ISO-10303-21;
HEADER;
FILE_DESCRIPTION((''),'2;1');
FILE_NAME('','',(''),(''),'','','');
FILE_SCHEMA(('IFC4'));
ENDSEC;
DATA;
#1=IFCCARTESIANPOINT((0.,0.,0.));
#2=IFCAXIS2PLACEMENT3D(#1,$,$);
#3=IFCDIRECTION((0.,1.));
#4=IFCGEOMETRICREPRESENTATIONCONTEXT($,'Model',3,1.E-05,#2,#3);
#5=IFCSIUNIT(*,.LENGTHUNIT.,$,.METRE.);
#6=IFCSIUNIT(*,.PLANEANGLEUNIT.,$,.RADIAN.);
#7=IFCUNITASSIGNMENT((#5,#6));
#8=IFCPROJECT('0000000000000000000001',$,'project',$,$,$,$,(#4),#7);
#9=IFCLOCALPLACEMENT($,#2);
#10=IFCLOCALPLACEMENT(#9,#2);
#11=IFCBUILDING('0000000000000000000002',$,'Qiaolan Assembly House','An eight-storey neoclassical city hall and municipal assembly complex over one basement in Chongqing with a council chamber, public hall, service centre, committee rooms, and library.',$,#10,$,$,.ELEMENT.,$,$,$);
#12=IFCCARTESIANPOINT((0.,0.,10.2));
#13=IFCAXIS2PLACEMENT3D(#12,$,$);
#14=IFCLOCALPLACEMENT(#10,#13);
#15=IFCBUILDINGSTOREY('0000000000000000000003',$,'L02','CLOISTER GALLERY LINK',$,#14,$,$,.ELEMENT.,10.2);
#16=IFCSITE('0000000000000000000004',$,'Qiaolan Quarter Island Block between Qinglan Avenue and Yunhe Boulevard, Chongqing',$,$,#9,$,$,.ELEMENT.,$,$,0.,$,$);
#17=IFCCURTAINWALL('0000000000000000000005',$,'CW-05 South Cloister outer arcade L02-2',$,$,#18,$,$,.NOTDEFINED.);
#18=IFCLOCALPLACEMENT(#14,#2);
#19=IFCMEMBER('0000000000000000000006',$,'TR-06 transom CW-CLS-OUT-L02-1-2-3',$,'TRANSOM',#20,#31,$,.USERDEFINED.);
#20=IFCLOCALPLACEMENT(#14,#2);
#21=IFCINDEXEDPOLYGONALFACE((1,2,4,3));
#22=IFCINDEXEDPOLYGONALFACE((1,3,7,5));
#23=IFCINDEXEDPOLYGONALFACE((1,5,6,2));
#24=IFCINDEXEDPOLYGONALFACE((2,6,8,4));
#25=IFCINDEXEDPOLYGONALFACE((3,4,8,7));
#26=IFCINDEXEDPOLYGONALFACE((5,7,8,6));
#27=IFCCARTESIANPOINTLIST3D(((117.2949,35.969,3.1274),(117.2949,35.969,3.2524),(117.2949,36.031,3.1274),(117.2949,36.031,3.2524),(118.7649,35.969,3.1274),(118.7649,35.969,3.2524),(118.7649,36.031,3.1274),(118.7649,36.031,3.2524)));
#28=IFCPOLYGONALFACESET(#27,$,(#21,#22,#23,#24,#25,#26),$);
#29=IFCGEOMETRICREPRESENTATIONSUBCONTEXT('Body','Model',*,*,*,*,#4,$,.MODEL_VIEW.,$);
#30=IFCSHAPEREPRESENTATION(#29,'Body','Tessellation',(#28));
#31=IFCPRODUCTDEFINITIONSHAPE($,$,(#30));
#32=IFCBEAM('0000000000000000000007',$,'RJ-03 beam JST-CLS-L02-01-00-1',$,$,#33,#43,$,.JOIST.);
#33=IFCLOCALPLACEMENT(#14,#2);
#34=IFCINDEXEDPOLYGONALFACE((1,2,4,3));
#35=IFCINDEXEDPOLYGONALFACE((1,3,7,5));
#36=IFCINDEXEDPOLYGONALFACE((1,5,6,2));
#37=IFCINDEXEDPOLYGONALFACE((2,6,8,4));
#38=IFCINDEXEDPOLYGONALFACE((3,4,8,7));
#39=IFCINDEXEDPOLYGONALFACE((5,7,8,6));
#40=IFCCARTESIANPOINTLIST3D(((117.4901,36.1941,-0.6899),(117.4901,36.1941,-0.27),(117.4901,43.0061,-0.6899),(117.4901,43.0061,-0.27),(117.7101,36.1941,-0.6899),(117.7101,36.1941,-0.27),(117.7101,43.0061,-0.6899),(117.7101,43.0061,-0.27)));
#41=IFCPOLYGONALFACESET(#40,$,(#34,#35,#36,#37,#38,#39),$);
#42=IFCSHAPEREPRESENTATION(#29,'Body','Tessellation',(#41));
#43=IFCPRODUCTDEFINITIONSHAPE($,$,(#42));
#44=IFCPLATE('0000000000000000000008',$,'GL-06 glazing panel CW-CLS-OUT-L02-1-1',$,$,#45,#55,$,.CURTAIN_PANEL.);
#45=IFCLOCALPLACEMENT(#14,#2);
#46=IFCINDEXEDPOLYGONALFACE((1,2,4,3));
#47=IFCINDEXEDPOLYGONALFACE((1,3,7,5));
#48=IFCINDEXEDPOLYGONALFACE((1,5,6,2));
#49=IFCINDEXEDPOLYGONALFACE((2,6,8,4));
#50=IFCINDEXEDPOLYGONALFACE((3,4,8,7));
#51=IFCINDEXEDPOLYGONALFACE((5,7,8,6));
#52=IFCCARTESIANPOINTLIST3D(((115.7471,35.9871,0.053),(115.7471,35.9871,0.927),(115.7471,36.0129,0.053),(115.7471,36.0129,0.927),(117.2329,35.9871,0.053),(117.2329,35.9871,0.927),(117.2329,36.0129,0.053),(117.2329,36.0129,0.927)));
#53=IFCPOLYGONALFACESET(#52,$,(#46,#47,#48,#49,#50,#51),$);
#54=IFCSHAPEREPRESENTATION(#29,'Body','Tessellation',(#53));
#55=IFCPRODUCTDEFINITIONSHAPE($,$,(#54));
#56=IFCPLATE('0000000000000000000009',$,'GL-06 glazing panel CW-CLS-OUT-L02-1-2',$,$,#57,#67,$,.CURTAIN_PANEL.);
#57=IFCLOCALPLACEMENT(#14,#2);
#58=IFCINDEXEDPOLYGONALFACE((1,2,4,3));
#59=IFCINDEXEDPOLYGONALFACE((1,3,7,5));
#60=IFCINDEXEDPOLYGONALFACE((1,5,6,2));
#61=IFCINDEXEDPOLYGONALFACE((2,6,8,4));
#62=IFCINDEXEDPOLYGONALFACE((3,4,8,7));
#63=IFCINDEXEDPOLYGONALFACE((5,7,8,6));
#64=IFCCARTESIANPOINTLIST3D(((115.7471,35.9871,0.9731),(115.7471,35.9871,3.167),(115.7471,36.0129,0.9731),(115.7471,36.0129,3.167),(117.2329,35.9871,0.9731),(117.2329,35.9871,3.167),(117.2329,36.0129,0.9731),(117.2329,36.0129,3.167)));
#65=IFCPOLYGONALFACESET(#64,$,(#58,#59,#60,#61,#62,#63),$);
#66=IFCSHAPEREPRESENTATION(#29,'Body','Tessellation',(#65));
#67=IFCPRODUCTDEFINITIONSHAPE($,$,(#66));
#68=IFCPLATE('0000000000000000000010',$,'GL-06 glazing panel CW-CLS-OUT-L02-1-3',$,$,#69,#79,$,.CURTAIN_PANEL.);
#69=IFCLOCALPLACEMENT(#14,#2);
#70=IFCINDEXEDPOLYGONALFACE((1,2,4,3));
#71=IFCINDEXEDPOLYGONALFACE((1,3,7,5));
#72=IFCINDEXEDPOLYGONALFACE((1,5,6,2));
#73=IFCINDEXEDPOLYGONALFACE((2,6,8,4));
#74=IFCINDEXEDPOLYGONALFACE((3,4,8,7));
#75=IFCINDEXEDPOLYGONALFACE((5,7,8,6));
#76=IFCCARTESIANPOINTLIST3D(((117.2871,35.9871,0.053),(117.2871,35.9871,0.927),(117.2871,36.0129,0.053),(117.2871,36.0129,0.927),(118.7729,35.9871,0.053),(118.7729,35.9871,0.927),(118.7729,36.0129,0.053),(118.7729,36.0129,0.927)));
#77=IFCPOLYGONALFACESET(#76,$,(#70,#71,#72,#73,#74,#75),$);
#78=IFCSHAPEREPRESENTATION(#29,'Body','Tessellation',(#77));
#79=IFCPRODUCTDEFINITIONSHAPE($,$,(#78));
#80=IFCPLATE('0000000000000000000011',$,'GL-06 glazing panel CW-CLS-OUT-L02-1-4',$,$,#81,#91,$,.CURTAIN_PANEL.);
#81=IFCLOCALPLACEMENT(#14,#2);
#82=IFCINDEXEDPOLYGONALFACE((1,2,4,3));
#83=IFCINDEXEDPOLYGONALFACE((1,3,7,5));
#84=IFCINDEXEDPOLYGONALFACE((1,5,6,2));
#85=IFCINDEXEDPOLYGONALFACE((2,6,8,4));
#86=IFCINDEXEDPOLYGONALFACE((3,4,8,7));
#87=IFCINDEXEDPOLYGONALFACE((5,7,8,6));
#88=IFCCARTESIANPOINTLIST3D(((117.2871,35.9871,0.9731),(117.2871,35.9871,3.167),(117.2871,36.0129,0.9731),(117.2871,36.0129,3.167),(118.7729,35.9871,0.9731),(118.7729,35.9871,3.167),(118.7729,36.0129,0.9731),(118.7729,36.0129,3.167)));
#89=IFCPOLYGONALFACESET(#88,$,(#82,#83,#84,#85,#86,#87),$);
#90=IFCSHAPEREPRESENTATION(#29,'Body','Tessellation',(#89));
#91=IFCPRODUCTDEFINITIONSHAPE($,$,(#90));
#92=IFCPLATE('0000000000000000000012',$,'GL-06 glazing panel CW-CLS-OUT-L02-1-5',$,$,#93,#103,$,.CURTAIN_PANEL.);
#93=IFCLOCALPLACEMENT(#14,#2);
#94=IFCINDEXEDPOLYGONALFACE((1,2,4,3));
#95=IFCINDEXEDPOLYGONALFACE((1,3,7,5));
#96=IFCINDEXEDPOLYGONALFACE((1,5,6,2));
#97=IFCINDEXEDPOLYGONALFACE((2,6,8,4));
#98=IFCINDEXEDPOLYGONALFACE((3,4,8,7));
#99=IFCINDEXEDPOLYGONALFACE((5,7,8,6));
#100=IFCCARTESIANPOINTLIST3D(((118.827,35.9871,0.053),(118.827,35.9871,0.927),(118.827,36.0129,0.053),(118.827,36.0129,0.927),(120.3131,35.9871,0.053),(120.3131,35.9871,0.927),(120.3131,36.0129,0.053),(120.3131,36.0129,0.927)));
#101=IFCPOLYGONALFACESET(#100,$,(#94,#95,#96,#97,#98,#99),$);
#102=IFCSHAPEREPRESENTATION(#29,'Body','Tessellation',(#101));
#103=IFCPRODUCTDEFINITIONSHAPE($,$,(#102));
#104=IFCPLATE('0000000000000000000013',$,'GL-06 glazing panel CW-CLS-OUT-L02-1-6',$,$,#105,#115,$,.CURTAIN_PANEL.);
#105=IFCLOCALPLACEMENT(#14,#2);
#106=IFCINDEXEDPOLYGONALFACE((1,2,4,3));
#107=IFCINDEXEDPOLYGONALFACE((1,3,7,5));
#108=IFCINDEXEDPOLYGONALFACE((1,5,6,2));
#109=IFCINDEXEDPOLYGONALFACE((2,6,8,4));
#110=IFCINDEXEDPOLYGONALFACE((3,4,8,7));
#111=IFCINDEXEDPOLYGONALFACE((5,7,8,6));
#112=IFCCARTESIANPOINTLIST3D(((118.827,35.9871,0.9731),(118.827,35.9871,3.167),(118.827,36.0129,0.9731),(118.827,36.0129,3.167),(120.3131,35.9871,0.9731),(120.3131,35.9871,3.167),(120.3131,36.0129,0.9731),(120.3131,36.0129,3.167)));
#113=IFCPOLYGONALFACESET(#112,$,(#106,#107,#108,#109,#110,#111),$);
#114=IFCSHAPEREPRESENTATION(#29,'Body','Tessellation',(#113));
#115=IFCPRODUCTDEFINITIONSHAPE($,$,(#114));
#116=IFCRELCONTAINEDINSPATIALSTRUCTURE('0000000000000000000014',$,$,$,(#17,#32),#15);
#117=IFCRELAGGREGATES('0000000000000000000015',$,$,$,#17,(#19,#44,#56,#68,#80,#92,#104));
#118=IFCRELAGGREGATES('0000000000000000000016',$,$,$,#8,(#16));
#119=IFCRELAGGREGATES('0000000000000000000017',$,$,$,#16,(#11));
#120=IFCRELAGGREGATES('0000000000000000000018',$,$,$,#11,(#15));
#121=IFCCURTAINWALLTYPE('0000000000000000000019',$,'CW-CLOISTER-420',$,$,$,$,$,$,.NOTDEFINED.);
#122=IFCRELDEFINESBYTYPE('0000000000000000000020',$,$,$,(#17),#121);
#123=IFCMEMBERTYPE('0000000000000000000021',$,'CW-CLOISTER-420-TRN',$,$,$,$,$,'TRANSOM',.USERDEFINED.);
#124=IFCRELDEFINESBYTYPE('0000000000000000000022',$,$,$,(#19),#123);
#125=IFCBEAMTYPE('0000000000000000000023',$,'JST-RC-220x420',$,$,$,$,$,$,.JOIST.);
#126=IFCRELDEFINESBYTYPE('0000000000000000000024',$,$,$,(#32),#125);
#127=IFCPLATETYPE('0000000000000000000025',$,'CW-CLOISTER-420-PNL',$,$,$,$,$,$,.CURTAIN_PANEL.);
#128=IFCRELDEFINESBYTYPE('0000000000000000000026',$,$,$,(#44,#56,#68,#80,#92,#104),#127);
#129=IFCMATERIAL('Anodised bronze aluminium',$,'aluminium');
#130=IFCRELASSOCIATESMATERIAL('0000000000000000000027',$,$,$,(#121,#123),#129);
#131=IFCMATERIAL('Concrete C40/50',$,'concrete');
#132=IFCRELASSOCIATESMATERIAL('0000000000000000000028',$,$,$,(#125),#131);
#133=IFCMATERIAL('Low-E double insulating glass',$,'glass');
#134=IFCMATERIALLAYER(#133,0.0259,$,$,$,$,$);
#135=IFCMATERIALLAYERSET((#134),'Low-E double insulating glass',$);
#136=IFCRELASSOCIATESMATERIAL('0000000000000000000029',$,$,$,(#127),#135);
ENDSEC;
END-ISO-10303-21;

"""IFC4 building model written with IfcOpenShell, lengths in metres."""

from ifc_helpers import new_model, si_unit, direction, frame, frame_2d, origin, origin_2d, place, context, subcontext, project, spatial, rectangle, extrude, material, layer, layer_set, material_profile, profile_set, type_object, element, aggregate, save


model = new_model("IFC4")

# Units and contexts
model_context = context("Model", 3, precision=1e-05, world=origin(), true_north=direction((0.0, 1.0)))
body_context = subcontext(model_context, "Body", "Model", "MODEL_VIEW")
ifc_project = project(units=[si_unit("LENGTHUNIT", "METRE"), si_unit("PLANEANGLEUNIT", "RADIAN")], contexts=[model_context])

# Site, building, storey
site_placement = place(None, origin())
site = spatial("IfcSite", under=ifc_project, at=site_placement, Name="Qiaolan Quarter Island Block between Qinglan Avenue and Yunhe Boulevard, Chongqing", CompositionType="ELEMENT", RefElevation=0.0)
building_placement = place(site_placement, origin())
building = spatial("IfcBuilding", under=site, at=building_placement, Name="Qiaolan Assembly House", Description="An eight-storey neoclassical city hall and municipal assembly complex over one basement in Chongqing with a council chamber, public hall, service centre, committee rooms, and library.", CompositionType="ELEMENT")
storey_placement = place(building_placement, frame((0.0, 0.0, 10.2)))
storey = spatial("IfcBuildingStorey", under=building, at=storey_placement, Name="L02", Description="CLOISTER GALLERY LINK", CompositionType="ELEMENT", Elevation=10.2)

# Shared definitions
ifc_material_1 = material(Name="Concrete C40/50", Category="concrete")

# Shared definitions
ifc_material_2 = material(Name="Anodised bronze aluminium", Category="aluminium")
curtain_wall_type = type_object("IfcCurtainWallType", Name="CW-CLOISTER-420", PredefinedType="NOTDEFINED", material=ifc_material_2)

# Curtain wall
curtain_wall_1_placement = place(storey_placement, origin())
curtain_wall_1 = element("IfcCurtainWall", 1, at=curtain_wall_1_placement, inside=storey, type_object=curtain_wall_type, Name="CW-05 South Cloister outer arcade L02-2", PredefinedType="NOTDEFINED")

# Member
ifc_material_profile_1 = material_profile(ifc_material_2, rectangle(XDim=0.062, YDim=0.125, at=origin_2d()), Name="TRN 62x125")
ifc_profile_set_1 = profile_set([ifc_material_profile_1], Name="Anodised bronze aluminium")
member_type_1 = type_object("IfcMemberType", Name="CW-CLOISTER-420-TRN", ElementType="TRANSOM", PredefinedType="USERDEFINED", material=ifc_profile_set_1)
member_1_placement = place(storey_placement, frame((117.2949, 36.0, 3.1899), z_axis=(1.0, 0.0, 0.0), x_axis=(0.0, 1.0, 0.0)))
member_1 = element("IfcMember", 2, at=member_1_placement, type_object=member_type_1, Name="TR-06 transom CW-CLS-OUT-L02-1-2-3", ObjectType="TRANSOM", PredefinedType="USERDEFINED", context=body_context, shape_type="SweptSolid", body=[
    extrude(rectangle(XDim=0.062, YDim=0.125, at=origin_2d()), origin(), (0.0, 0.0, 1.0), 1.47),
])

# Beam
ifc_material_profile_2 = material_profile(ifc_material_1, rectangle(XDim=0.22, YDim=0.4199, at=origin_2d()), Name="RCB 220x420")
ifc_profile_set_2 = profile_set([ifc_material_profile_2], Name="Concrete C40/50")
beam_type_1 = type_object("IfcBeamType", Name="JST-RC-220x420", PredefinedType="JOIST", material=ifc_profile_set_2)
beam_1_placement = place(storey_placement, frame((117.6001, 36.1941, -0.48), z_axis=(0.0, 1.0, 0.0), x_axis=(-1.0, 0.0, 0.0)))
element("IfcBeam", 3, at=beam_1_placement, inside=storey, type_object=beam_type_1, Name="RJ-03 beam JST-CLS-L02-01-00-1", PredefinedType="JOIST", context=body_context, shape_type="SweptSolid", body=[
    extrude(rectangle(XDim=0.22, YDim=0.4199, at=origin_2d()), origin(), (0.0, 0.0, 1.0), 6.812),
])

# Plates
ifc_material_3 = material(Name="Low-E double insulating glass", Category="glass")
ifc_layer = layer(ifc_material_3, 0.0259)
ifc_layer_set = layer_set([ifc_layer], Name="Low-E double insulating glass")
plate_type = type_object("IfcPlateType", Name="CW-CLOISTER-420-PNL", PredefinedType="CURTAIN_PANEL", material=ifc_layer_set)
plate_1_placement = place(storey_placement, frame((115.7471, 36.0, 0.053), z_axis=(0.0, 0.0, 1.0), x_axis=(1.0, 0.0, 0.0)))
plate_1 = element("IfcPlate", 4, at=plate_1_placement, type_object=plate_type, Name="GL-06 glazing panel CW-CLS-OUT-L02-1-1", PredefinedType="CURTAIN_PANEL", context=body_context, shape_type="SweptSolid", body=[
    extrude(rectangle(XDim=1.4858, YDim=0.0259, at=frame_2d((0.7429, 0.0))), origin(), (0.0, 0.0, 1.0), 0.874),
])
plate_2_placement = place(storey_placement, frame((115.7471, 36.0, 0.9731), z_axis=(0.0, 0.0, 1.0), x_axis=(1.0, 0.0, 0.0)))
plate_2 = element("IfcPlate", 5, at=plate_2_placement, type_object=plate_type, Name="GL-06 glazing panel CW-CLS-OUT-L02-1-2", PredefinedType="CURTAIN_PANEL", context=body_context, shape_type="SweptSolid", body=[
    extrude(rectangle(XDim=1.4858, YDim=0.0259, at=frame_2d((0.7429, 0.0))), origin(), (0.0, 0.0, 1.0), 2.1938),
])
plate_3_placement = place(storey_placement, frame((117.2871, 36.0, 0.053), z_axis=(0.0, 0.0, 1.0), x_axis=(1.0, 0.0, 0.0)))
plate_3 = element("IfcPlate", 6, at=plate_3_placement, type_object=plate_type, Name="GL-06 glazing panel CW-CLS-OUT-L02-1-3", PredefinedType="CURTAIN_PANEL", context=body_context, shape_type="SweptSolid", body=[
    extrude(rectangle(XDim=1.4858, YDim=0.0259, at=frame_2d((0.7429, 0.0))), origin(), (0.0, 0.0, 1.0), 0.874),
])
plate_4_placement = place(storey_placement, frame((117.2871, 36.0, 0.9731), z_axis=(0.0, 0.0, 1.0), x_axis=(1.0, 0.0, 0.0)))
plate_4 = element("IfcPlate", 7, at=plate_4_placement, type_object=plate_type, Name="GL-06 glazing panel CW-CLS-OUT-L02-1-4", PredefinedType="CURTAIN_PANEL", context=body_context, shape_type="SweptSolid", body=[
    extrude(rectangle(XDim=1.4858, YDim=0.0259, at=frame_2d((0.7429, 0.0))), origin(), (0.0, 0.0, 1.0), 2.1938),
])
plate_5_placement = place(storey_placement, frame((118.8269, 36.0, 0.053), z_axis=(0.0, 0.0, 1.0), x_axis=(1.0, 0.0, 0.0)))
plate_5 = element("IfcPlate", 8, at=plate_5_placement, type_object=plate_type, Name="GL-06 glazing panel CW-CLS-OUT-L02-1-5", PredefinedType="CURTAIN_PANEL", context=body_context, shape_type="SweptSolid", body=[
    extrude(rectangle(XDim=1.4861, YDim=0.0259, at=frame_2d((0.7432, 0.0))), origin(), (0.0, 0.0, 1.0), 0.874),
])
plate_6_placement = place(storey_placement, frame((118.8269, 36.0, 0.9731), z_axis=(0.0, 0.0, 1.0), x_axis=(1.0, 0.0, 0.0)))
plate_6 = element("IfcPlate", 9, at=plate_6_placement, type_object=plate_type, Name="GL-06 glazing panel CW-CLS-OUT-L02-1-6", PredefinedType="CURTAIN_PANEL", context=body_context, shape_type="SweptSolid", body=[
    extrude(rectangle(XDim=1.4861, YDim=0.0259, at=frame_2d((0.7432, 0.0))), origin(), (0.0, 0.0, 1.0), 2.1938),
])
aggregate(curtain_wall_1, [member_1, plate_1, plate_2, plate_3, plate_4, plate_5, plate_6])

save(model, "model.ifc")
